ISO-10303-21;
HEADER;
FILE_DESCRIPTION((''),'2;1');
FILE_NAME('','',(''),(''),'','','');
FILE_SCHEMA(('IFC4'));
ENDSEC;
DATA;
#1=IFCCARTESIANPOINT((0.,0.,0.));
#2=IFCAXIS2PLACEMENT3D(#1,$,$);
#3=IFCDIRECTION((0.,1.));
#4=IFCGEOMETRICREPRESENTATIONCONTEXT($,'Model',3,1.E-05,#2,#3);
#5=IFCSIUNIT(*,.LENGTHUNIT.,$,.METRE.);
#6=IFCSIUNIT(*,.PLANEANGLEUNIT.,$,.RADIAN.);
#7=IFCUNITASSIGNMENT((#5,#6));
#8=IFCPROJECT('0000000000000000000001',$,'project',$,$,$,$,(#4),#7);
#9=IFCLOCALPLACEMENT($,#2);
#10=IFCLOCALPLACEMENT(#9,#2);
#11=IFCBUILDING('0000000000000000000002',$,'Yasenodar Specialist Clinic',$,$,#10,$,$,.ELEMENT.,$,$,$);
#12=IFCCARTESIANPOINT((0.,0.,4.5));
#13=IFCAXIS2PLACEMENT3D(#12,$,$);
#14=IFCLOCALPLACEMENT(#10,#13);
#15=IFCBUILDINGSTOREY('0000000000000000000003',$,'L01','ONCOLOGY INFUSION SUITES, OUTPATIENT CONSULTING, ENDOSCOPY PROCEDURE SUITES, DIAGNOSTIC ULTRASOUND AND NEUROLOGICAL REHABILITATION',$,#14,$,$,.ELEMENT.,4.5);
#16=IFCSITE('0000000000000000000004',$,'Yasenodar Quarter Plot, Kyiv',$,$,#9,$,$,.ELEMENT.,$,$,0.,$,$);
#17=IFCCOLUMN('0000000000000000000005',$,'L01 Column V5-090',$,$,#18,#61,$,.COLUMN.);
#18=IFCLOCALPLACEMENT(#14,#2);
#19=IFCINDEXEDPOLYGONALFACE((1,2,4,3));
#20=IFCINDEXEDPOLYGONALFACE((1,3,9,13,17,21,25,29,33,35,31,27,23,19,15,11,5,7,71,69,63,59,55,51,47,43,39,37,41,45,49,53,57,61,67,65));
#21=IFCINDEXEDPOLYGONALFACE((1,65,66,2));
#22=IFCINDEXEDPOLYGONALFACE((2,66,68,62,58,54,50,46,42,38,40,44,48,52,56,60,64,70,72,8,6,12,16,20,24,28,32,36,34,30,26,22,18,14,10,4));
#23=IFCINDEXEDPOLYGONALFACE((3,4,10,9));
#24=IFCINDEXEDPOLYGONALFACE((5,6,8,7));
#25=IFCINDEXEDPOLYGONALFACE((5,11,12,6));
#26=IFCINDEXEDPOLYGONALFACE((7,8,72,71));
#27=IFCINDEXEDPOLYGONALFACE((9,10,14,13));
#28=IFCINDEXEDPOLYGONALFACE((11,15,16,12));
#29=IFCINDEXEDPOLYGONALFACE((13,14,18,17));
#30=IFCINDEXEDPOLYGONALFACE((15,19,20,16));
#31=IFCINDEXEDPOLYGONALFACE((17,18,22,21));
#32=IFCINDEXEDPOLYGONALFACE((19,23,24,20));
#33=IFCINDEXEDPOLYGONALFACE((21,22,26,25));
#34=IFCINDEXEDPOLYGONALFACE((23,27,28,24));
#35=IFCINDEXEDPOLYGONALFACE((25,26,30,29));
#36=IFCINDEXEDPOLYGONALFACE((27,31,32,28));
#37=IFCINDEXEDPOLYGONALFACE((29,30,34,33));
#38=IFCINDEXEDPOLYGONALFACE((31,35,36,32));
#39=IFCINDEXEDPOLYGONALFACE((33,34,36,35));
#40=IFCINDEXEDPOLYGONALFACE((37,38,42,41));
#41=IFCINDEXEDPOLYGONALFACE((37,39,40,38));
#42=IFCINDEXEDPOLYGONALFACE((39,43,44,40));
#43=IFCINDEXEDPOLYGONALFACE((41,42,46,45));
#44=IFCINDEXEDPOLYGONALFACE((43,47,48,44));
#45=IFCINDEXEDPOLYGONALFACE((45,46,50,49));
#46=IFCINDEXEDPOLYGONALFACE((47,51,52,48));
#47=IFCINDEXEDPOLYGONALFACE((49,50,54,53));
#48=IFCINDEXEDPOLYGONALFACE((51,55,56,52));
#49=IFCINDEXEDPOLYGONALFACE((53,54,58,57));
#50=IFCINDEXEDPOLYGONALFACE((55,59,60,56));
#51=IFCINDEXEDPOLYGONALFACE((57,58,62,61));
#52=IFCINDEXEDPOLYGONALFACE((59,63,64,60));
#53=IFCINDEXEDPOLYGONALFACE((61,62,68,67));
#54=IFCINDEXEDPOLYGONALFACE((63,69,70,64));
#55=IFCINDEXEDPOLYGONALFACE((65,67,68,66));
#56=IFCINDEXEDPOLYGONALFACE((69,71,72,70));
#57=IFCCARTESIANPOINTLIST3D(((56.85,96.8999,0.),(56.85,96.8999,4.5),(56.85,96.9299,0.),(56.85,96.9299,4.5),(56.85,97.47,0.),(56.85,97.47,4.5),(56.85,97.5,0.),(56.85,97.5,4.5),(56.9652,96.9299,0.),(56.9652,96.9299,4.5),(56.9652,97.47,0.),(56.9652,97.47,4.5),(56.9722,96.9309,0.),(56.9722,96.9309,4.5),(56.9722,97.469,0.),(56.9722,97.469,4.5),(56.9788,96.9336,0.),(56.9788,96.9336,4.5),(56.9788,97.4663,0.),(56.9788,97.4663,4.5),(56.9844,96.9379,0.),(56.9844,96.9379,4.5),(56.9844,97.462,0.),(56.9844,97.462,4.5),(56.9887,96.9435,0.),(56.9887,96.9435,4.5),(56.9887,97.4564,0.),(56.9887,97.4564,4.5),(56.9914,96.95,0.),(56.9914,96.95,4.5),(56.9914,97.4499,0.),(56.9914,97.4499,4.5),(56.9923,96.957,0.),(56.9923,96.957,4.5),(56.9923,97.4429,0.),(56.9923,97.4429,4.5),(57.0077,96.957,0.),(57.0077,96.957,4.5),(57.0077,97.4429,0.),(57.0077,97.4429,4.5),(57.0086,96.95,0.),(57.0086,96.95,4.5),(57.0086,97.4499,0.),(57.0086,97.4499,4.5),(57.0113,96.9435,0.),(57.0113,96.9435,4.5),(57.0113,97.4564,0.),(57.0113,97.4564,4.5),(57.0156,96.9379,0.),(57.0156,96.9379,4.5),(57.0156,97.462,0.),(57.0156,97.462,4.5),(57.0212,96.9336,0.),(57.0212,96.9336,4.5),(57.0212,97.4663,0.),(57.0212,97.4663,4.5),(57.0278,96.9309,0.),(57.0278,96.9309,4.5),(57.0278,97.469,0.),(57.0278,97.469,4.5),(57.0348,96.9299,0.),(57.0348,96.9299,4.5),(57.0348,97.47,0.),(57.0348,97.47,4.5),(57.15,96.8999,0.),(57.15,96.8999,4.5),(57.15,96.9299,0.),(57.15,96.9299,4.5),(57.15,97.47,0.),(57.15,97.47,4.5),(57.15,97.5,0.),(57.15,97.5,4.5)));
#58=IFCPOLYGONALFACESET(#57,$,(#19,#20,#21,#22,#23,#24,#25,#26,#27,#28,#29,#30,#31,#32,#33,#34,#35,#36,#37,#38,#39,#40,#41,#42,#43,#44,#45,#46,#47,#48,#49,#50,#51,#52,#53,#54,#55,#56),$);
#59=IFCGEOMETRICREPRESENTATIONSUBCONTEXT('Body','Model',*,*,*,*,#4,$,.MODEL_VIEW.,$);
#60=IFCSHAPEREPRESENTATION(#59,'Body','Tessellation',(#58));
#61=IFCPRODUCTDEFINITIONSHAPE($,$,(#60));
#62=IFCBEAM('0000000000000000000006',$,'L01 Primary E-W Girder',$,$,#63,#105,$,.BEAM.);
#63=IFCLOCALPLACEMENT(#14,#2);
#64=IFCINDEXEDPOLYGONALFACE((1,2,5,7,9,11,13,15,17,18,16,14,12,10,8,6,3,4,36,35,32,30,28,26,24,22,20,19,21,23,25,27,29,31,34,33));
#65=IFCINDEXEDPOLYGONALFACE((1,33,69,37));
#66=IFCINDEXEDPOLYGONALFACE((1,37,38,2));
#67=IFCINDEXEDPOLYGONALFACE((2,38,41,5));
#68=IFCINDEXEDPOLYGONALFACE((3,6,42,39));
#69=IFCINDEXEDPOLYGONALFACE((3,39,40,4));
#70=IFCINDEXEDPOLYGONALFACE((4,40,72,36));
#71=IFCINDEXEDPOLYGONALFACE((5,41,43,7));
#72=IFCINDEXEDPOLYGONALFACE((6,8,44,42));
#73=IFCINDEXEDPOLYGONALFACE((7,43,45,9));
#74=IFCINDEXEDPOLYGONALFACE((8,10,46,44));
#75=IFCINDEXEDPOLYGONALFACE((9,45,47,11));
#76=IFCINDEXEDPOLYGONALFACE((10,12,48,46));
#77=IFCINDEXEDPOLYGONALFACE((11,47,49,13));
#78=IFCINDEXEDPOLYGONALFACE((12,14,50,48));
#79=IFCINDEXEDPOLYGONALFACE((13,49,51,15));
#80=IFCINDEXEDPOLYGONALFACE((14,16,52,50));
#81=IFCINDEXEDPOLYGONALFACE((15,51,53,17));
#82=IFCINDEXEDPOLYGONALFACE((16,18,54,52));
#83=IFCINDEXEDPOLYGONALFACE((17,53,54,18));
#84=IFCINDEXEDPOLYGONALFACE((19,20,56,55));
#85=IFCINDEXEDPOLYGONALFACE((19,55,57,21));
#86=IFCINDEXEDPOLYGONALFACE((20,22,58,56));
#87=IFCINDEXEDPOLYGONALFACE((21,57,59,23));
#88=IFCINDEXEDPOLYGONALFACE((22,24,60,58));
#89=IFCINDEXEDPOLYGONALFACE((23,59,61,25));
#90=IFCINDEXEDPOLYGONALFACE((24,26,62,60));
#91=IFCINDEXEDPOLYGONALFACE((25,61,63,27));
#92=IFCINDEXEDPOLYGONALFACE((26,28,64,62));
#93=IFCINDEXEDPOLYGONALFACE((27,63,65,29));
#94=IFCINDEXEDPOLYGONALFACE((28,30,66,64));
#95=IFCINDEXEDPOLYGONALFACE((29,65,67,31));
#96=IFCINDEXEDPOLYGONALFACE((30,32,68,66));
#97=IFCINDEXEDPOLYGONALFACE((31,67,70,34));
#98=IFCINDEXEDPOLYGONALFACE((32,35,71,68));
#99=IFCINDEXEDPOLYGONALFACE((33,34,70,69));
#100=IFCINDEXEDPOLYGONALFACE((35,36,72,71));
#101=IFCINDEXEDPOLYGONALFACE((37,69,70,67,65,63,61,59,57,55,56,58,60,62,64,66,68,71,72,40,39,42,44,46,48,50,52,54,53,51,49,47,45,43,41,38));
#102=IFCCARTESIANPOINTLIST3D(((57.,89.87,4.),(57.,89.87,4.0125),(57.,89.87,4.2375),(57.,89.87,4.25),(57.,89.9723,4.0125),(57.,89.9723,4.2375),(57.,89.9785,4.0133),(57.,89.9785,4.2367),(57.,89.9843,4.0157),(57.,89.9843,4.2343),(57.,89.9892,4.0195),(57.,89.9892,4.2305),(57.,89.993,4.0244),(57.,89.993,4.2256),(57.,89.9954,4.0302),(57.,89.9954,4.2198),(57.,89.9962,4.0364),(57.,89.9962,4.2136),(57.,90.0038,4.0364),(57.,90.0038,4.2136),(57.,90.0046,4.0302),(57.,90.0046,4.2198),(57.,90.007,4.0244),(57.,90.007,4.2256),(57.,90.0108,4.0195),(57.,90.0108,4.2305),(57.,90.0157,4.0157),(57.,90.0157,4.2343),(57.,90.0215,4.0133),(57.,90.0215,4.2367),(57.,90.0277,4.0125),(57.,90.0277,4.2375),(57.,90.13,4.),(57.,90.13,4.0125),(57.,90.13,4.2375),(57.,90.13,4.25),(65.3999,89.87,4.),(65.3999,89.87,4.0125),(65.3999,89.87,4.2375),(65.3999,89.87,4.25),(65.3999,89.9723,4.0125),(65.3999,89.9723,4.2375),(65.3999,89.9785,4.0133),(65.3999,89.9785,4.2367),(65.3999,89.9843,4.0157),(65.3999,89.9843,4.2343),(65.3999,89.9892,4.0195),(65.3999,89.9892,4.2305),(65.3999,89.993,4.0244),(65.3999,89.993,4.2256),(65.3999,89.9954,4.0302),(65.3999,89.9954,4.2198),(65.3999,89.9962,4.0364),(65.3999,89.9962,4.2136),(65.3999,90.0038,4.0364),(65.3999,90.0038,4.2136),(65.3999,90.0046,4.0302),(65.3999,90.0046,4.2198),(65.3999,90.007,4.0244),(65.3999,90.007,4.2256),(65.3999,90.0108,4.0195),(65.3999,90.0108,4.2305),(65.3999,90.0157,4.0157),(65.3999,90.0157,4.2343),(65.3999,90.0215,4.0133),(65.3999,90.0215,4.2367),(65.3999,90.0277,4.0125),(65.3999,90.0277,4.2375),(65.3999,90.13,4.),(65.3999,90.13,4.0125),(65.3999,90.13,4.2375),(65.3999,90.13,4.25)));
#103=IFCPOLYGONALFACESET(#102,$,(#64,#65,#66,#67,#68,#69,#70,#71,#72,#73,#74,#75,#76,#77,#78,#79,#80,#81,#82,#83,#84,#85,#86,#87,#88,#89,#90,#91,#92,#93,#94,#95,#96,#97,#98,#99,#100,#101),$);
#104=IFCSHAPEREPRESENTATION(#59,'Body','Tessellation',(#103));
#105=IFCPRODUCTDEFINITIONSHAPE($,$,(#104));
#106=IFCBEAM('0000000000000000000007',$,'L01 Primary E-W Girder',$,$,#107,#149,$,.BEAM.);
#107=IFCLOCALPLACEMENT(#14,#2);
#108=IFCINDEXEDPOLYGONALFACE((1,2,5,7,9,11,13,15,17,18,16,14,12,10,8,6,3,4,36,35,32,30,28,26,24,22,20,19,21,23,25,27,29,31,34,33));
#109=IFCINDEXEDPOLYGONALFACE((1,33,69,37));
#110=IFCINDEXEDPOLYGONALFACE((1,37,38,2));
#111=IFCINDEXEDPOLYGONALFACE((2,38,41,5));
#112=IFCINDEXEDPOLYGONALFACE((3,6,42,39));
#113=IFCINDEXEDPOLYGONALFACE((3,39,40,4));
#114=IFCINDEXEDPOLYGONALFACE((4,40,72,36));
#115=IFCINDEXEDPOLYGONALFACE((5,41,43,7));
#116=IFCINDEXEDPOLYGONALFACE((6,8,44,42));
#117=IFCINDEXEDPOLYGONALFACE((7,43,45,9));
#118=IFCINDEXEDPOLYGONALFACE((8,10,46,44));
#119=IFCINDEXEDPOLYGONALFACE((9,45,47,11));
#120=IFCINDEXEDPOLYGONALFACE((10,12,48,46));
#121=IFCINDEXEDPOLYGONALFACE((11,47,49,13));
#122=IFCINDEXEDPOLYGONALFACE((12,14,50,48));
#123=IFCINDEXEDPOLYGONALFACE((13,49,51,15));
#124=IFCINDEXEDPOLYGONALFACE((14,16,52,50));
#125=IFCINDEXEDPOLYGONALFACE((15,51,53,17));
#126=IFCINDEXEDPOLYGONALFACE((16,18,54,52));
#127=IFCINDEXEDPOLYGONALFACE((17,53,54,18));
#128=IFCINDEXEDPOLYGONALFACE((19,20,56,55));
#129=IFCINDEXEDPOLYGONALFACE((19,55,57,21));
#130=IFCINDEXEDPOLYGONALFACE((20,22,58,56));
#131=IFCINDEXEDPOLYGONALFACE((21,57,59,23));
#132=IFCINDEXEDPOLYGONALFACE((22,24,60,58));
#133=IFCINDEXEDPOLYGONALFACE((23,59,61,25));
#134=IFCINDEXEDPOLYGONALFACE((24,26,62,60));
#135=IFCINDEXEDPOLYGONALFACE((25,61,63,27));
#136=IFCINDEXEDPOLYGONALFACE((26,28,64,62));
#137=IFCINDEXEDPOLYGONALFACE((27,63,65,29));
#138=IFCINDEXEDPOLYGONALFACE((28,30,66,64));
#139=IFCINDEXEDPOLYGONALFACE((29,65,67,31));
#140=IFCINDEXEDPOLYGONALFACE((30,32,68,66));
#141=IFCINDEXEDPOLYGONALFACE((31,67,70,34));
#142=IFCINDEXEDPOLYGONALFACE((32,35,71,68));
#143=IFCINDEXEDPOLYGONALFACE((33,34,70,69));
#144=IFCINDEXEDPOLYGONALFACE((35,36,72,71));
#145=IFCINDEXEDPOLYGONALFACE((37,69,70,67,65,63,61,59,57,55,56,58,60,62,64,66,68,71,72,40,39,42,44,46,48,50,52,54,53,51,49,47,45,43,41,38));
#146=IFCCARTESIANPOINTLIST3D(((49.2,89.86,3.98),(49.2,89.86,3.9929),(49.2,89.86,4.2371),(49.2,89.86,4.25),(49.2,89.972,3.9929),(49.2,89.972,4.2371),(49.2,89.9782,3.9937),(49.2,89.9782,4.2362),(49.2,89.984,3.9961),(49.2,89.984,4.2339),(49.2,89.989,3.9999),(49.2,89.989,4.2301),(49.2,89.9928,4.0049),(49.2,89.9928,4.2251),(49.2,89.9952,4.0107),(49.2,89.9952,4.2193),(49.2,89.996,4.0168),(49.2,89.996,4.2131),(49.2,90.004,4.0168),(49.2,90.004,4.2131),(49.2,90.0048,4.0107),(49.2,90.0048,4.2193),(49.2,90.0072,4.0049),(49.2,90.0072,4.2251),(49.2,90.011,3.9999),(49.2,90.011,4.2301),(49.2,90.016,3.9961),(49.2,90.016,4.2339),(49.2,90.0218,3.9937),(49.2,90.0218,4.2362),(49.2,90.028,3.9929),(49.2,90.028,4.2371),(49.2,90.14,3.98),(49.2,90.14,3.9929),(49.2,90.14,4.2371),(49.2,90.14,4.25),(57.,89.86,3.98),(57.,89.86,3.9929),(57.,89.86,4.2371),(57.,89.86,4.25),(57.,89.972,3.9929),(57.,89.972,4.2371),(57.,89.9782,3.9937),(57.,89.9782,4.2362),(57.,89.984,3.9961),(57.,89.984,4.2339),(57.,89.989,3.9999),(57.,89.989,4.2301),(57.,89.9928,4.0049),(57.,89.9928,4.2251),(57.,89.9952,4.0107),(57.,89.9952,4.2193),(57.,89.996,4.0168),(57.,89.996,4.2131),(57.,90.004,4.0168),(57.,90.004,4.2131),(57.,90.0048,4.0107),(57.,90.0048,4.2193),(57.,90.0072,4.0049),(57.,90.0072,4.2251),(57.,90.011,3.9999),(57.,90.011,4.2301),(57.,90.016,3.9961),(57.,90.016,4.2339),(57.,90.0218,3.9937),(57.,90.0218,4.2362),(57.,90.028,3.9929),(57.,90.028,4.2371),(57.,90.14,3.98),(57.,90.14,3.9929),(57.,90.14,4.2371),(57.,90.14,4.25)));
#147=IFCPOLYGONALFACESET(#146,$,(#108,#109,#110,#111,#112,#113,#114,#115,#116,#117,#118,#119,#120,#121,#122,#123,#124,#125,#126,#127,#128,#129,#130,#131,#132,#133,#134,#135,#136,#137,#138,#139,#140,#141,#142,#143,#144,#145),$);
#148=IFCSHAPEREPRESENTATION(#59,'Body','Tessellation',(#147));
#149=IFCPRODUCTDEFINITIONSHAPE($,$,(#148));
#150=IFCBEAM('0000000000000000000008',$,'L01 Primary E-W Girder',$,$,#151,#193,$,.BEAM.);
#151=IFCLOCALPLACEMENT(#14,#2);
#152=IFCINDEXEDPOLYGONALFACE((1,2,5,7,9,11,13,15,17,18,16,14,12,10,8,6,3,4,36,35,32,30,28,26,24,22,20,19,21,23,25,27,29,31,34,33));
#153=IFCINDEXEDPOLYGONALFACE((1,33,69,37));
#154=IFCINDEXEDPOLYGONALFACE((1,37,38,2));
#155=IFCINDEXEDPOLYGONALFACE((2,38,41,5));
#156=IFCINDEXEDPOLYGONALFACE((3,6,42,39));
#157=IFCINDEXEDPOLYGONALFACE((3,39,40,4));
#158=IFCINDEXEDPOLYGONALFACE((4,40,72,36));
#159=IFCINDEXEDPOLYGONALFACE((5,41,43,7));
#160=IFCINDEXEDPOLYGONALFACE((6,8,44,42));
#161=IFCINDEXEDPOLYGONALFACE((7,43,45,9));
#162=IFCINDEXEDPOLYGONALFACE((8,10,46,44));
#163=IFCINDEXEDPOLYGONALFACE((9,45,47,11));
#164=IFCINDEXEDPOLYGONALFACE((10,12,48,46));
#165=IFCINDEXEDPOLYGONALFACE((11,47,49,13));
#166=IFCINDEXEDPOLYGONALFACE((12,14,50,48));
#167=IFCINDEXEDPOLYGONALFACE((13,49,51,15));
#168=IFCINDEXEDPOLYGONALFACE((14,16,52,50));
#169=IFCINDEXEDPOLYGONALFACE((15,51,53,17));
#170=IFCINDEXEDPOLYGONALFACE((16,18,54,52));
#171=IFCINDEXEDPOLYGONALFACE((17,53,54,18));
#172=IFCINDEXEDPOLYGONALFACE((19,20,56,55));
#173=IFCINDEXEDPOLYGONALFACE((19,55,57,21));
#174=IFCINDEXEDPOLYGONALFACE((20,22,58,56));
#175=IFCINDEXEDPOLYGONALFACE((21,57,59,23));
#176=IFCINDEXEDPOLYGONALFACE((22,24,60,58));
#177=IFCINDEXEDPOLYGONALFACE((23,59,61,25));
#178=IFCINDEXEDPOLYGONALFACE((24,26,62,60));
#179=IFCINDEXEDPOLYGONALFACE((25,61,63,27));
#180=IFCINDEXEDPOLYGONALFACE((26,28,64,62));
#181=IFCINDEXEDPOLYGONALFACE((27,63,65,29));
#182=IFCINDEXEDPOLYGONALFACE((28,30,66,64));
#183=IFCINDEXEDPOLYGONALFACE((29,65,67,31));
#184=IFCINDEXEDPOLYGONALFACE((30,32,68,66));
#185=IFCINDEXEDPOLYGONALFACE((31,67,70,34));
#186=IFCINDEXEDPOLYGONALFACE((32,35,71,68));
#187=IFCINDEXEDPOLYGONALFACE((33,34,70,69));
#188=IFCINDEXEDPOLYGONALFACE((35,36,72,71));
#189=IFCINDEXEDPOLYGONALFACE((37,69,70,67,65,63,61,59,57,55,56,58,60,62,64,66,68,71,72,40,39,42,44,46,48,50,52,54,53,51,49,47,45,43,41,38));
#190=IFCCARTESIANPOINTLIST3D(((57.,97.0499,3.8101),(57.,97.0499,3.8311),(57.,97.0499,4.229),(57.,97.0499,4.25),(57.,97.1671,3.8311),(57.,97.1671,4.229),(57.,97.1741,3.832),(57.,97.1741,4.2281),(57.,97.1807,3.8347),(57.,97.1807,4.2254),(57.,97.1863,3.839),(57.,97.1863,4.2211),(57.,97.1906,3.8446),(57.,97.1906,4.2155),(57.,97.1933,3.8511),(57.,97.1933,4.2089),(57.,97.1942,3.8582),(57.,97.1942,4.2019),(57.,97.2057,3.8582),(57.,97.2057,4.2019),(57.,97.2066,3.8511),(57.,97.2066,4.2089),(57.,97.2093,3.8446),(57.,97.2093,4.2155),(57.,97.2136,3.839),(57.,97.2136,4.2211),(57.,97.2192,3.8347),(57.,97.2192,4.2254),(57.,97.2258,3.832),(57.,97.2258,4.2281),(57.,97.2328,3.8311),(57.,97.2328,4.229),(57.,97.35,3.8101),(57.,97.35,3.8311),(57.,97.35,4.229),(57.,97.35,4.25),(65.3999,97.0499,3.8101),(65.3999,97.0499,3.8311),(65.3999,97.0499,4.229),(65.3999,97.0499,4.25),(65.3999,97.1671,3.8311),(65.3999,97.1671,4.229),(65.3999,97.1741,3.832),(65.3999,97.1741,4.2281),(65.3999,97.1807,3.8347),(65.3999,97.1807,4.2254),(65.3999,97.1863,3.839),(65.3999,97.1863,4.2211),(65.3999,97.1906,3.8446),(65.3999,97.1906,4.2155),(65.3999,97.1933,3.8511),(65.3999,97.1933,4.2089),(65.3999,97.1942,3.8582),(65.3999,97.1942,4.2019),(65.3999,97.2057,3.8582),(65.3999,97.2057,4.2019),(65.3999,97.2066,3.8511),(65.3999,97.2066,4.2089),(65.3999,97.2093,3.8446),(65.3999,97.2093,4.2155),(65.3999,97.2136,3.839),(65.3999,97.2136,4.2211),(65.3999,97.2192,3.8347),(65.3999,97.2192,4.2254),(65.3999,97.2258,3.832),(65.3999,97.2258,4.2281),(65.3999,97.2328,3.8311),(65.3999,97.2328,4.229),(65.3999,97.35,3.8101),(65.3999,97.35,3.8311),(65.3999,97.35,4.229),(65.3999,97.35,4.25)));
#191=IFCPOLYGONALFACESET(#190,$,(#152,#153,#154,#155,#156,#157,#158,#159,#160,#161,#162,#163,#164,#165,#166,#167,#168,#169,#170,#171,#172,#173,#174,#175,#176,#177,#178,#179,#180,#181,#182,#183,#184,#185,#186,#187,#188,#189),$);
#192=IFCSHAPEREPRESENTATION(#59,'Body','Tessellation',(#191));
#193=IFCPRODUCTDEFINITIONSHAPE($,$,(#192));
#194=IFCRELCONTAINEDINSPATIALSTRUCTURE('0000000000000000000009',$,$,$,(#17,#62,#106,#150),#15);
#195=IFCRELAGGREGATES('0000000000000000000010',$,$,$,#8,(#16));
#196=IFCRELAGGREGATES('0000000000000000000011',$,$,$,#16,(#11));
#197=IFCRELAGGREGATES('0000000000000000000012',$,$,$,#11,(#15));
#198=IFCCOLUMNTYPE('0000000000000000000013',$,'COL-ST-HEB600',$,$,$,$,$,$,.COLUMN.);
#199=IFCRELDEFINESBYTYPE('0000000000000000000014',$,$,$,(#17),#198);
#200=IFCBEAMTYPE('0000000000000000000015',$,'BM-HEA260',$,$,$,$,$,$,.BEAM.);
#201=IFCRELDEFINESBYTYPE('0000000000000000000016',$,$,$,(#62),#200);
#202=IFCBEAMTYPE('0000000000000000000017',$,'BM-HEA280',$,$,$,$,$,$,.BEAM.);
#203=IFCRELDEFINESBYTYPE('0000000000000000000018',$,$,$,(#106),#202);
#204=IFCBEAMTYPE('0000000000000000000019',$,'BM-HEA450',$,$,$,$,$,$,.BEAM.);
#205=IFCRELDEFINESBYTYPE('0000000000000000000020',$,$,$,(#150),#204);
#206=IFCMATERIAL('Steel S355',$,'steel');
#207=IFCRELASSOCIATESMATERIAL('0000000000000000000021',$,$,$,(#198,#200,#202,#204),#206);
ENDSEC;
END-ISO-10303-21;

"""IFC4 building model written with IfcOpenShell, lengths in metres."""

from ifc_helpers import new_model, si_unit, direction, frame, origin, origin_2d, place, context, subcontext, project, spatial, i_section, extrude, material, material_profile, profile_set, type_object, element, save


model = new_model("IFC4")

# Units and contexts
model_context = context("Model", 3, precision=1e-05, world=origin(), true_north=direction((0.0, 1.0)))
body_context = subcontext(model_context, "Body", "Model", "MODEL_VIEW")
ifc_project = project(units=[si_unit("LENGTHUNIT", "METRE"), si_unit("PLANEANGLEUNIT", "RADIAN")], contexts=[model_context])

# Site, building, storey
site_placement = place(None, origin())
site = spatial("IfcSite", under=ifc_project, at=site_placement, Name="Yasenodar Quarter Plot, Kyiv", CompositionType="ELEMENT", RefElevation=0.0)
building_placement = place(site_placement, origin())
building = spatial("IfcBuilding", under=site, at=building_placement, Name="Yasenodar Specialist Clinic", CompositionType="ELEMENT")
storey_placement = place(building_placement, frame((0.0, 0.0, 4.5)))
storey = spatial("IfcBuildingStorey", under=building, at=storey_placement, Name="L01", Description="ONCOLOGY INFUSION SUITES, OUTPATIENT CONSULTING, ENDOSCOPY PROCEDURE SUITES, DIAGNOSTIC ULTRASOUND AND NEUROLOGICAL REHABILITATION", CompositionType="ELEMENT", Elevation=4.5)

# Column
ifc_material_1 = material(Name="Steel S355", Category="steel")
ifc_material_profile_1 = material_profile(ifc_material_1, i_section(OverallWidth=0.3, OverallDepth=0.6001, WebThickness=0.0154, FlangeThickness=0.03, FilletRadius=0.0271, at=origin_2d()), Name="HEB 600")
ifc_profile_set_1 = profile_set([ifc_material_profile_1], Name="Steel S355")
column_type_1 = type_object("IfcColumnType", Name="COL-ST-HEB600", PredefinedType="COLUMN", material=ifc_profile_set_1)
column_1_placement = place(storey_placement, frame((57.0, 97.2, 0.0), z_axis=(0.0, 0.0, 1.0), x_axis=(1.0, 0.0, 0.0)))
element("IfcColumn", 1, at=column_1_placement, inside=storey, type_object=column_type_1, Name="L01 Column V5-090", PredefinedType="COLUMN", context=body_context, shape_type="SweptSolid", body=[
    extrude(i_section(OverallWidth=0.3, OverallDepth=0.6001, WebThickness=0.0154, FlangeThickness=0.03, FilletRadius=0.0271, at=origin_2d()), origin(), (0.0, 0.0, 1.0), 4.5),
])

# Beams
ifc_material_profile_2 = material_profile(ifc_material_1, i_section(OverallWidth=0.26, OverallDepth=0.25, WebThickness=0.0076, FlangeThickness=0.0125, FilletRadius=0.0239, at=origin_2d()), Name="HEA 260")
ifc_profile_set_2 = profile_set([ifc_material_profile_2], Name="Steel S355")
beam_type_1 = type_object("IfcBeamType", Name="BM-HEA260", PredefinedType="BEAM", material=ifc_profile_set_2)
beam_1_placement = place(storey_placement, frame((57.0, 90.0, 4.125), z_axis=(1.0, 0.0, 0.0), x_axis=(0.0, 1.0, 0.0)))
element("IfcBeam", 2, at=beam_1_placement, inside=storey, type_object=beam_type_1, Name="L01 Primary E-W Girder", PredefinedType="BEAM", context=body_context, shape_type="SweptSolid", body=[
    extrude(i_section(OverallWidth=0.26, OverallDepth=0.25, WebThickness=0.0076, FlangeThickness=0.0125, FilletRadius=0.0239, at=origin_2d()), origin(), (0.0, 0.0, 1.0), 8.3999),
])
ifc_material_profile_3 = material_profile(ifc_material_1, i_section(OverallWidth=0.28, OverallDepth=0.27, WebThickness=0.0081, FlangeThickness=0.0129, FilletRadius=0.0239, at=origin_2d()), Name="HEA 280")
ifc_profile_set_3 = profile_set([ifc_material_profile_3], Name="Steel S355")
beam_type_2 = type_object("IfcBeamType", Name="BM-HEA280", PredefinedType="BEAM", material=ifc_profile_set_3)
beam_2_placement = place(storey_placement, frame((49.2, 90.0, 4.115), z_axis=(1.0, 0.0, 0.0), x_axis=(0.0, 1.0, 0.0)))
element("IfcBeam", 3, at=beam_2_placement, inside=storey, type_object=beam_type_2, Name="L01 Primary E-W Girder", PredefinedType="BEAM", context=body_context, shape_type="SweptSolid", body=[
    extrude(i_section(OverallWidth=0.28, OverallDepth=0.27, WebThickness=0.0081, FlangeThickness=0.0129, FilletRadius=0.0239, at=origin_2d()), origin(), (0.0, 0.0, 1.0), 7.8),
])
ifc_material_profile_4 = material_profile(ifc_material_1, i_section(OverallWidth=0.3, OverallDepth=0.4399, WebThickness=0.0115, FlangeThickness=0.021, FilletRadius=0.0271, at=origin_2d()), Name="HEA 450")
ifc_profile_set_4 = profile_set([ifc_material_profile_4], Name="Steel S355")
beam_type_3 = type_object("IfcBeamType", Name="BM-HEA450", PredefinedType="BEAM", material=ifc_profile_set_4)
beam_3_placement = place(storey_placement, frame((57.0, 97.2, 4.03), z_axis=(1.0, 0.0, 0.0), x_axis=(0.0, 1.0, 0.0)))
element("IfcBeam", 4, at=beam_3_placement, inside=storey, type_object=beam_type_3, Name="L01 Primary E-W Girder", PredefinedType="BEAM", context=body_context, shape_type="SweptSolid", body=[
    extrude(i_section(OverallWidth=0.3, OverallDepth=0.4399, WebThickness=0.0115, FlangeThickness=0.021, FilletRadius=0.0271, at=origin_2d()), origin(), (0.0, 0.0, 1.0), 8.3999),
])

save(model, "model.ifc")
